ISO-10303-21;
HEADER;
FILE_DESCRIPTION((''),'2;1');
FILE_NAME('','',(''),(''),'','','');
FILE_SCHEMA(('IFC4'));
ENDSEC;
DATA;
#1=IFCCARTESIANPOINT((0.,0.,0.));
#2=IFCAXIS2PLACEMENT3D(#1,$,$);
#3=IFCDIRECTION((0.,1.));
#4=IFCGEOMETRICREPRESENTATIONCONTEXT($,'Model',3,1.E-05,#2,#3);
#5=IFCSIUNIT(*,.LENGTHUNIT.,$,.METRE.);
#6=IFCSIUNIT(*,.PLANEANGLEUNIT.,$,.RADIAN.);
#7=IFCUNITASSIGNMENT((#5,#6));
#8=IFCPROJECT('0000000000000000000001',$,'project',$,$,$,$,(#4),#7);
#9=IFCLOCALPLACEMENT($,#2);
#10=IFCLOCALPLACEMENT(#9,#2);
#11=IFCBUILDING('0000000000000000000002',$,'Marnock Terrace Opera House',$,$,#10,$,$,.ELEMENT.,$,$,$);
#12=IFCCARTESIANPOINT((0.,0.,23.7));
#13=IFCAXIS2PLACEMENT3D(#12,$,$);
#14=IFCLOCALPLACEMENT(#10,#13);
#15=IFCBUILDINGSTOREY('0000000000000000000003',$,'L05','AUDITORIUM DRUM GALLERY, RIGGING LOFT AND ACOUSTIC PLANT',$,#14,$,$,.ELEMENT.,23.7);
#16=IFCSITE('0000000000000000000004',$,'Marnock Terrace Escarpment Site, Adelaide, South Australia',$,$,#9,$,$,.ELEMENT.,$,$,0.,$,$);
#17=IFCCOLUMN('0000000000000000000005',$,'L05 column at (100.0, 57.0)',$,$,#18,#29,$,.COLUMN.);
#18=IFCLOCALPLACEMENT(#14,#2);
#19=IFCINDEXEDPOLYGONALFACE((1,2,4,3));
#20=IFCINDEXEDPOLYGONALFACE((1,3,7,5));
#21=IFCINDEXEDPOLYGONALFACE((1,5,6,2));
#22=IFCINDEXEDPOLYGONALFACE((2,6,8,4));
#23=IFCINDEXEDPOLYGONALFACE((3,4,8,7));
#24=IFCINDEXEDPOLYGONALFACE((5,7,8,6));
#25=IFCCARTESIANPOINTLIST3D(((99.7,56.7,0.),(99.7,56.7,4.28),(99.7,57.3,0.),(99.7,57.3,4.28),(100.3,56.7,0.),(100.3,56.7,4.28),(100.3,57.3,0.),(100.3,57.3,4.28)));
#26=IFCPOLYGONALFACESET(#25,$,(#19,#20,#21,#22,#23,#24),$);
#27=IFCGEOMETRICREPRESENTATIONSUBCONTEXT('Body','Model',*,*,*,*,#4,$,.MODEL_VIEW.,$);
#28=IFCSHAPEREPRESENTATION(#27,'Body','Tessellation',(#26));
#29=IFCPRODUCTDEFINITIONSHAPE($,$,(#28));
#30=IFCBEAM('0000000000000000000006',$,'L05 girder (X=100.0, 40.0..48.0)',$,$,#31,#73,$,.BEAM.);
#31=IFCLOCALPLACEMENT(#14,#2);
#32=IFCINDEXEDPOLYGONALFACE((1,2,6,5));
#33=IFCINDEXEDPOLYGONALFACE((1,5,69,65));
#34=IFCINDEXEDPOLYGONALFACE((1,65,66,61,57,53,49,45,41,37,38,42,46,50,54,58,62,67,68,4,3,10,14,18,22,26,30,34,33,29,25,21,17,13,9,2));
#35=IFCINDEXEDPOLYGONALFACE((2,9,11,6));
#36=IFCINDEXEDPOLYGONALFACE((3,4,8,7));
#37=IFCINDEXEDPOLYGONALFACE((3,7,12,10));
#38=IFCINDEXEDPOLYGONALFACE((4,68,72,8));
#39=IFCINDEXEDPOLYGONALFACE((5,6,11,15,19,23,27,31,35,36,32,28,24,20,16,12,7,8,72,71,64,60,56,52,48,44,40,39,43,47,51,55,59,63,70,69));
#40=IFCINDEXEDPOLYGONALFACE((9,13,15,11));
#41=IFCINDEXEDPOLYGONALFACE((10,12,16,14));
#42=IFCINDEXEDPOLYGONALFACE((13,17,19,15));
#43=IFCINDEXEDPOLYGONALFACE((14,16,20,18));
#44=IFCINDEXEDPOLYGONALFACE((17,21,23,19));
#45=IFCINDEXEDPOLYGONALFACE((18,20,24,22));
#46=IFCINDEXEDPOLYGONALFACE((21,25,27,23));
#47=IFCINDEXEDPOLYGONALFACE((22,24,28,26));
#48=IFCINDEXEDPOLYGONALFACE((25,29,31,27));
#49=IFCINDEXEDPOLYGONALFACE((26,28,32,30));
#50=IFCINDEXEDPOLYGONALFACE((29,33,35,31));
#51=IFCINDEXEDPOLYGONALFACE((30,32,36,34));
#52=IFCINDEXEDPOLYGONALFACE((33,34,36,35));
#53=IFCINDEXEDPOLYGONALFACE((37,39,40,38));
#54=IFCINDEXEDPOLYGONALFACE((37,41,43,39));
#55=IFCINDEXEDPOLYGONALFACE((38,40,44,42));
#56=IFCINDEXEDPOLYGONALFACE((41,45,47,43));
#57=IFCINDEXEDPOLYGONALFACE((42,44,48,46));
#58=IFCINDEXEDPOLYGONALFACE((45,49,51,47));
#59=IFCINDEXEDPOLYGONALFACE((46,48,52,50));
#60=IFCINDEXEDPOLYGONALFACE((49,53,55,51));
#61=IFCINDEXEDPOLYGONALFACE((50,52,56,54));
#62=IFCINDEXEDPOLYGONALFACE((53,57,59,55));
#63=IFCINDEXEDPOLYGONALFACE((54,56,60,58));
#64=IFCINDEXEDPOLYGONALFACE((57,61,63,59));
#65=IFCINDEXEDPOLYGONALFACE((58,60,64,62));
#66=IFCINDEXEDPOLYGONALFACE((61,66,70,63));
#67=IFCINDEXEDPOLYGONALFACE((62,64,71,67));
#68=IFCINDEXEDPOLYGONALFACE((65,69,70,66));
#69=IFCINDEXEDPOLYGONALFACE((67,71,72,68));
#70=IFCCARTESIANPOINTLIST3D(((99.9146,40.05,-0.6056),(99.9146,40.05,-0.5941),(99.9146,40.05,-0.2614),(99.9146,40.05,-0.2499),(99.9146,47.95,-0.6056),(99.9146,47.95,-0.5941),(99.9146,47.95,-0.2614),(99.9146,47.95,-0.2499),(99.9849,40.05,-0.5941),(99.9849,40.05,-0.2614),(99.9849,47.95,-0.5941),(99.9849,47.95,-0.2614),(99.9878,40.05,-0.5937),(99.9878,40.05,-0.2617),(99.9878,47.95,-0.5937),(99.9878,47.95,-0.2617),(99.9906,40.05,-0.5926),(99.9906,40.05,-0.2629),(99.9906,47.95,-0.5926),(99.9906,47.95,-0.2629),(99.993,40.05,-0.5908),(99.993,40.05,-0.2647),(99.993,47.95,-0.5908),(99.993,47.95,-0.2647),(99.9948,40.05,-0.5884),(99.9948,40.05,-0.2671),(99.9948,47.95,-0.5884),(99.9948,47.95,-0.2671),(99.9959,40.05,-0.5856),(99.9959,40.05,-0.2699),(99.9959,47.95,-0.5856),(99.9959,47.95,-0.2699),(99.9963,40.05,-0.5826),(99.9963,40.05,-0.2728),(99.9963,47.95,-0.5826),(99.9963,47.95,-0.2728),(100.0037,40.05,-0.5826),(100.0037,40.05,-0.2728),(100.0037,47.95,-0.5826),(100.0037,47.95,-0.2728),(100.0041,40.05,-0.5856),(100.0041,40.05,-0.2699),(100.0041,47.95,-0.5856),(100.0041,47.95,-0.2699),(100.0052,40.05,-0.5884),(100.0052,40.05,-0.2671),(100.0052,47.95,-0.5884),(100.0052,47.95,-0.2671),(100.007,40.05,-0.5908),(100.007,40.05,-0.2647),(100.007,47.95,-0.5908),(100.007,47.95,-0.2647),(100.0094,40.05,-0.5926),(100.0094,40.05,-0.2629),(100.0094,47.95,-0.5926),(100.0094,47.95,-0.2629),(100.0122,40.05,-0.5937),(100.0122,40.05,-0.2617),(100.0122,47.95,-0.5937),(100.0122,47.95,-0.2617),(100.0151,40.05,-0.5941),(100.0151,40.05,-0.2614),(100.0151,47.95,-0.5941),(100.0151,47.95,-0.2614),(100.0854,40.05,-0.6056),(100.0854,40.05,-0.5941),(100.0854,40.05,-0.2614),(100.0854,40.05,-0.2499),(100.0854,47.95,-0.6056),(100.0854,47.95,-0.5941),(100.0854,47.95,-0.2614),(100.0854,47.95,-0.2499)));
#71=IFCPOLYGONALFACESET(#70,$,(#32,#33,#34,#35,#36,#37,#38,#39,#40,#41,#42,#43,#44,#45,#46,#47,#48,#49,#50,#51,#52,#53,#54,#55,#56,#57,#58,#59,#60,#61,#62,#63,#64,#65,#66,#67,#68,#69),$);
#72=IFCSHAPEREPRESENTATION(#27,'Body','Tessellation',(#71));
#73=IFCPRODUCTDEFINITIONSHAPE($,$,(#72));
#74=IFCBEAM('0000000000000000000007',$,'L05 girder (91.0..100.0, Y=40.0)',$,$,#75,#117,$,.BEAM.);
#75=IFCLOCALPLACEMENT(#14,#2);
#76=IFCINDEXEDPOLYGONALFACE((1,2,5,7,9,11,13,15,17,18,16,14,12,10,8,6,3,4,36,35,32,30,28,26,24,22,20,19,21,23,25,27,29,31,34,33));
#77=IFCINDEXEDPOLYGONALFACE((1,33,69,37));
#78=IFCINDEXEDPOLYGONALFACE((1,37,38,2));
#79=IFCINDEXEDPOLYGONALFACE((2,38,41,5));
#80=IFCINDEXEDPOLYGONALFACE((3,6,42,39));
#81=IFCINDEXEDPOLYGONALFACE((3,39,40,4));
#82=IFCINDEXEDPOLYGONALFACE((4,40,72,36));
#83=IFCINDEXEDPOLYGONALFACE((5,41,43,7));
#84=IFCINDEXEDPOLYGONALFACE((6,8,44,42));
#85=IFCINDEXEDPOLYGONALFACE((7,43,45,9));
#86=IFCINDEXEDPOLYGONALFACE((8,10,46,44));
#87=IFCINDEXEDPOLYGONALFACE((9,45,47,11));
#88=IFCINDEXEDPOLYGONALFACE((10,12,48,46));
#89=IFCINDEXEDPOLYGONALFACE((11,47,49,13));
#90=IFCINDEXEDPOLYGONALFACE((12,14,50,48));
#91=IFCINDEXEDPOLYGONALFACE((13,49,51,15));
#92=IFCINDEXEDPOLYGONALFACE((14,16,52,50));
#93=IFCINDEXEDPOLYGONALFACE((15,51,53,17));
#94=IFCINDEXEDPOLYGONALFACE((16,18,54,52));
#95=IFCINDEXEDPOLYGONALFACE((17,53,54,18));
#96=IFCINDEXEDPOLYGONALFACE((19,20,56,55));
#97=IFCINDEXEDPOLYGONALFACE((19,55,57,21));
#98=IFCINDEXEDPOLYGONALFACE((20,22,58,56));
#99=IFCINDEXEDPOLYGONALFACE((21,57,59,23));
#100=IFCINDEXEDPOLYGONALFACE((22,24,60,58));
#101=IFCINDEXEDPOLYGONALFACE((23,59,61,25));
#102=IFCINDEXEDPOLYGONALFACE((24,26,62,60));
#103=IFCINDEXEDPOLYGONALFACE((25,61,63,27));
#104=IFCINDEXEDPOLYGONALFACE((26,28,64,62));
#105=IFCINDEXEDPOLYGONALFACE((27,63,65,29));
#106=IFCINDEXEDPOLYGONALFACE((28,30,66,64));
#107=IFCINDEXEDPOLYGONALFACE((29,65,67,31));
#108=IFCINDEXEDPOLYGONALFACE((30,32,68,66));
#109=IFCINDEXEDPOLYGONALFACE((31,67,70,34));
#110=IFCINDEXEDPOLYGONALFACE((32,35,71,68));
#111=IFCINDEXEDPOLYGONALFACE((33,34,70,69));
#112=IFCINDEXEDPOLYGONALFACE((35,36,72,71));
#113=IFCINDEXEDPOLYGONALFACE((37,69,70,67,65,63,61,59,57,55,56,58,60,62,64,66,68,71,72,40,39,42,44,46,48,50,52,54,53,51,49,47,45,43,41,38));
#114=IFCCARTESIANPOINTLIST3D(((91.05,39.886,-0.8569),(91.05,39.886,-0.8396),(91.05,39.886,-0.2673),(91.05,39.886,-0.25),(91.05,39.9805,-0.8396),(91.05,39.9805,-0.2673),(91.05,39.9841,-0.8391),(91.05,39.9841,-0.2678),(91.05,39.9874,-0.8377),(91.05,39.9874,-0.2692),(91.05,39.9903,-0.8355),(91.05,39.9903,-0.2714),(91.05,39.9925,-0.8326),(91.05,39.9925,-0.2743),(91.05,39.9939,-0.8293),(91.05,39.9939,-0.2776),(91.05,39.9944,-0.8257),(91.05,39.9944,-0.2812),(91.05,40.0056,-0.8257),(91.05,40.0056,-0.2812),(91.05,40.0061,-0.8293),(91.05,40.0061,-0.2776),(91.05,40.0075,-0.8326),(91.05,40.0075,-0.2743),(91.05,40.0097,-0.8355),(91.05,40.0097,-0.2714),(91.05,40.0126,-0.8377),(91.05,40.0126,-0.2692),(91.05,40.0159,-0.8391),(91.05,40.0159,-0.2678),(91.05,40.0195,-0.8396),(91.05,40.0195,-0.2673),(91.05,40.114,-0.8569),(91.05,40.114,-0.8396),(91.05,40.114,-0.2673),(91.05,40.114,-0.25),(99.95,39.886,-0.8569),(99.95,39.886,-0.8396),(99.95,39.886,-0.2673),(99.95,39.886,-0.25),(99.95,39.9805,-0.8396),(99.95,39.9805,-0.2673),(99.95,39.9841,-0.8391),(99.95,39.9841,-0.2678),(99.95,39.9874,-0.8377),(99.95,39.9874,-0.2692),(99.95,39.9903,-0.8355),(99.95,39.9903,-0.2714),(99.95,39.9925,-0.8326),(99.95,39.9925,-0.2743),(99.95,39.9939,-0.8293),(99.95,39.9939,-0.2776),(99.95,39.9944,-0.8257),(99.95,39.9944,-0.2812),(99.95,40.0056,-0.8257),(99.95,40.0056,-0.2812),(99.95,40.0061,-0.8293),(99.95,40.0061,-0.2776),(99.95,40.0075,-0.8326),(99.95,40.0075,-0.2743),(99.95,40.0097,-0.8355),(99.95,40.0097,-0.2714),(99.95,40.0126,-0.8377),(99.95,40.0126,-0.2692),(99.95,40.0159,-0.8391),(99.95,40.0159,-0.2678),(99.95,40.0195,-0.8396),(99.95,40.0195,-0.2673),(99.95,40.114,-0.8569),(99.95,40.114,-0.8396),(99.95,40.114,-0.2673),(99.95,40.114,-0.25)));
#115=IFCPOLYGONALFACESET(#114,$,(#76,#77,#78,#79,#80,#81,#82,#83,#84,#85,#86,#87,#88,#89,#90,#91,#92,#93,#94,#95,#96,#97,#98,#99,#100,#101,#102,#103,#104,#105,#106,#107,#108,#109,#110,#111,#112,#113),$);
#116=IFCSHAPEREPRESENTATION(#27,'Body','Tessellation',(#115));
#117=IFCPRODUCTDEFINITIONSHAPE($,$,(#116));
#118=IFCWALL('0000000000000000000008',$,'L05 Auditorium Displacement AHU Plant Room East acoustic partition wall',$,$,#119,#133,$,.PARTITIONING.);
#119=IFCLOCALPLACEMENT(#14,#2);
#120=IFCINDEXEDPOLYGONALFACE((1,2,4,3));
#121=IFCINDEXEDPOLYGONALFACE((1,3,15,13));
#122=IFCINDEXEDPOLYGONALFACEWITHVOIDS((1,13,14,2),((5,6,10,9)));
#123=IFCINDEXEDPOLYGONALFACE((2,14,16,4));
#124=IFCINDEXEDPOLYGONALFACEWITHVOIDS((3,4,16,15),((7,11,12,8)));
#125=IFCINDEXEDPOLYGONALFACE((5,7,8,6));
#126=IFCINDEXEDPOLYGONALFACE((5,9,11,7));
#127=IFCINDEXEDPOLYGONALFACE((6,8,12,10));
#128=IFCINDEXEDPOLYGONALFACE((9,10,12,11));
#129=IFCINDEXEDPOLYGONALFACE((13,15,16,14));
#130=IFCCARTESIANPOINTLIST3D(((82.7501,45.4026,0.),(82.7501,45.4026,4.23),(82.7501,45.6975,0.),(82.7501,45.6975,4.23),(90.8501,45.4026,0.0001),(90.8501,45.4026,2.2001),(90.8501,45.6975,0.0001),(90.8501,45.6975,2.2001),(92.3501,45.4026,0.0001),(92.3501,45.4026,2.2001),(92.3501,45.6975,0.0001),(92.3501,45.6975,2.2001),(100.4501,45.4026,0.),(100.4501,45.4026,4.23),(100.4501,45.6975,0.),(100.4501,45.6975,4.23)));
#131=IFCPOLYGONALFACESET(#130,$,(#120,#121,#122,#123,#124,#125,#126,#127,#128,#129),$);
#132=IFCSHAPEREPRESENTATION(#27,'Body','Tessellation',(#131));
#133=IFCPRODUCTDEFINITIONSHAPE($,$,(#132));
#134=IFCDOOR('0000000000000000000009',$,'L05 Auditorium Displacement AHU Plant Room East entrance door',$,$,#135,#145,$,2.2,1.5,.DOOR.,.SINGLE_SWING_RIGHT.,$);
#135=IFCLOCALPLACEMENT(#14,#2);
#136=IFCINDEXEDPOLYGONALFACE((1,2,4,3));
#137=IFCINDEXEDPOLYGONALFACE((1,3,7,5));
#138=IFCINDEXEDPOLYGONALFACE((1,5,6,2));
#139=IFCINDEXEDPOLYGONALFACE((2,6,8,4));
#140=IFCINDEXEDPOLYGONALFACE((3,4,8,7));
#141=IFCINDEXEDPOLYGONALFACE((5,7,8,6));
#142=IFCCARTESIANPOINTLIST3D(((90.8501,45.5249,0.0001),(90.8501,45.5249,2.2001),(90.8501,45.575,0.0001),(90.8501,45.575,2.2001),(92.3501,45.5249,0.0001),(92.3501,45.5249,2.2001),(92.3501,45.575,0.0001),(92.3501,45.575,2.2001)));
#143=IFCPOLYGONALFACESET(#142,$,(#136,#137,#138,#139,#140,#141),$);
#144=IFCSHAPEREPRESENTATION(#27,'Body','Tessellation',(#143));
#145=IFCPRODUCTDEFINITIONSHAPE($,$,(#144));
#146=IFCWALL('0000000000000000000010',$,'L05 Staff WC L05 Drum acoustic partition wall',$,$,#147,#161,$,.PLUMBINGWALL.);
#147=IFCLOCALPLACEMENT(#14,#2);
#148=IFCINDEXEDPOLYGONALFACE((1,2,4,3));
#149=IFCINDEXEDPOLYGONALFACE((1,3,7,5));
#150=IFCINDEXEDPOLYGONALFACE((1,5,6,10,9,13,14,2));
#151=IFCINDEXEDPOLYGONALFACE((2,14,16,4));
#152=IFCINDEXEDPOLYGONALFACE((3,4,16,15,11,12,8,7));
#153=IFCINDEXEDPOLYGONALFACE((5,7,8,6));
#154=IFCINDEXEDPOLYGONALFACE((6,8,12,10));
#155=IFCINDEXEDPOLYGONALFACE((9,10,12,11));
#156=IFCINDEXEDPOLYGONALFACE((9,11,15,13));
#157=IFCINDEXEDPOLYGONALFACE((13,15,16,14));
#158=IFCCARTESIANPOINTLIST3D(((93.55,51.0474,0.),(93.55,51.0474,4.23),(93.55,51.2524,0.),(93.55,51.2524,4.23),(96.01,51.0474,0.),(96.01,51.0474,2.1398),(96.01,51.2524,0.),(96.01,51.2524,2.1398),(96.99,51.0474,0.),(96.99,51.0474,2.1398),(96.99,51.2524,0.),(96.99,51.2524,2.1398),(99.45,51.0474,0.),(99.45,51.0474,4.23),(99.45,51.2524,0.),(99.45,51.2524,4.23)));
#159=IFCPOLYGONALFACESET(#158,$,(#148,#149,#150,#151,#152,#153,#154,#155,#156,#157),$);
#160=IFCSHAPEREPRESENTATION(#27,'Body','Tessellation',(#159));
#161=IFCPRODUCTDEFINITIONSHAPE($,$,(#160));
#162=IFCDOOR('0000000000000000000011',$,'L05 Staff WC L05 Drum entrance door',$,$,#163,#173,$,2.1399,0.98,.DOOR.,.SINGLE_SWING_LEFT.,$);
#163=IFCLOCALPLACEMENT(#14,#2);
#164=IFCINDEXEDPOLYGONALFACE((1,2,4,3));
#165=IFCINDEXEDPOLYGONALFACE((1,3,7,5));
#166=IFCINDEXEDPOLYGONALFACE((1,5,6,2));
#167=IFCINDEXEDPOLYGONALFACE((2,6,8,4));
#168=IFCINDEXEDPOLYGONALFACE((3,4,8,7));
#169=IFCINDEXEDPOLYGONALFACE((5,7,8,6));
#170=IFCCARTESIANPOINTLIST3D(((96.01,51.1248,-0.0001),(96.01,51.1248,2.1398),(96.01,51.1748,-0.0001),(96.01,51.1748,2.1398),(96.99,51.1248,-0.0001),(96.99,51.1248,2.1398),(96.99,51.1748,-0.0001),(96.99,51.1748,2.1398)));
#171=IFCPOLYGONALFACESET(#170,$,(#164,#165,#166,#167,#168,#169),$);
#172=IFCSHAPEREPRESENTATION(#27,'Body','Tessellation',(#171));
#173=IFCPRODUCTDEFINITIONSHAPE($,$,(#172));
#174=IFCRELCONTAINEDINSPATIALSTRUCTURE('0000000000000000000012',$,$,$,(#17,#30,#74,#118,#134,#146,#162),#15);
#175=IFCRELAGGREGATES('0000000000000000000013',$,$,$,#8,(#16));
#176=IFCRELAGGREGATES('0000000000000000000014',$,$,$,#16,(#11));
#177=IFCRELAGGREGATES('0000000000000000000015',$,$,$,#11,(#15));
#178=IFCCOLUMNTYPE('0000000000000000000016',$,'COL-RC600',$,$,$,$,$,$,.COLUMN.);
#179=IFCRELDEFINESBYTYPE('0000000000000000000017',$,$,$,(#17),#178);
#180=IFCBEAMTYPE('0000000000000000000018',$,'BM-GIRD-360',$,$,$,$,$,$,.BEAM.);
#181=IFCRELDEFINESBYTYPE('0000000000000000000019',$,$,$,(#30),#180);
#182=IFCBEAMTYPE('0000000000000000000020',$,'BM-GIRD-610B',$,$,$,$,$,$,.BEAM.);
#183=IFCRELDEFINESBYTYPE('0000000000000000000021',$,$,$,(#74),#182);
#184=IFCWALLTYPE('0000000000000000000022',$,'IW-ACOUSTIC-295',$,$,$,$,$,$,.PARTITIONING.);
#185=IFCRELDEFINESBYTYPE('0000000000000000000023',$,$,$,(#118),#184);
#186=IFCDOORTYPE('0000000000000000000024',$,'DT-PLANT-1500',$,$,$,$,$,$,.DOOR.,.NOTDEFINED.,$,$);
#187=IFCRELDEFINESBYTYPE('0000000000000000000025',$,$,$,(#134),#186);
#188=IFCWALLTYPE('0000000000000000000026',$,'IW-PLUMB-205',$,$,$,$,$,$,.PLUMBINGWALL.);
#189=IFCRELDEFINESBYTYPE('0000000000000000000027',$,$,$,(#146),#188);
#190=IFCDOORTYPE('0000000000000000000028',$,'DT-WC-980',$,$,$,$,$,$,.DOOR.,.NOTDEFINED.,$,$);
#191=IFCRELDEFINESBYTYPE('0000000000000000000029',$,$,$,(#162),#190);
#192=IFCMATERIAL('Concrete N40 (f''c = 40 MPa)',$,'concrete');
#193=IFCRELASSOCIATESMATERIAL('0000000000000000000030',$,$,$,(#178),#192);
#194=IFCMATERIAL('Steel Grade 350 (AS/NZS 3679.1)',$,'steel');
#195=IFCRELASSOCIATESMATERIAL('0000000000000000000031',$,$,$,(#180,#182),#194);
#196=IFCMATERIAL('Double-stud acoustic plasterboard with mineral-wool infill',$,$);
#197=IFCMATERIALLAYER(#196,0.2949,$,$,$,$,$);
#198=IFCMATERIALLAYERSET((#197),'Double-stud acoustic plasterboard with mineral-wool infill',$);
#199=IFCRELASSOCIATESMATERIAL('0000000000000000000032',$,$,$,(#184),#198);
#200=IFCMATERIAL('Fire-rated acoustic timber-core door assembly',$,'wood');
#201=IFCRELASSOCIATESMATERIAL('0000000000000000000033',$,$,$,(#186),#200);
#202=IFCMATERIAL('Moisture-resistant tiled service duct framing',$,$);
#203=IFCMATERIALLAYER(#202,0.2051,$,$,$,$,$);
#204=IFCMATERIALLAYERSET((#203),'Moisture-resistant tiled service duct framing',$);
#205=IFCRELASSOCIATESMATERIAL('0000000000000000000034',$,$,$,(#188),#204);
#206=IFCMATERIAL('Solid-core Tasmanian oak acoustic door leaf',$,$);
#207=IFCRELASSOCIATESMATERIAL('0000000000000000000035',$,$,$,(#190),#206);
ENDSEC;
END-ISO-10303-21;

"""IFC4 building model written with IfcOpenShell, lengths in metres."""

from ifc_helpers import new_model, si_unit, direction, frame, frame_2d, origin, origin_2d, place, context, subcontext, project, spatial, rectangle, i_section, extrude, material, layer, layer_set, material_profile, profile_set, type_object, element, fill, save


model = new_model("IFC4")

# Units and contexts
model_context = context("Model", 3, precision=1e-05, world=origin(), true_north=direction((0.0, 1.0)))
body_context = subcontext(model_context, "Body", "Model", "MODEL_VIEW")
ifc_project = project(units=[si_unit("LENGTHUNIT", "METRE"), si_unit("PLANEANGLEUNIT", "RADIAN")], contexts=[model_context])

# Site, building, storey
site_placement = place(None, origin())
site = spatial("IfcSite", under=ifc_project, at=site_placement, Name="Marnock Terrace Escarpment Site, Adelaide, South Australia", CompositionType="ELEMENT", RefElevation=0.0)
building_placement = place(site_placement, origin())
building = spatial("IfcBuilding", under=site, at=building_placement, Name="Marnock Terrace Opera House", CompositionType="ELEMENT")
storey_placement = place(building_placement, frame((0.0, 0.0, 23.7)))
storey = spatial("IfcBuildingStorey", under=building, at=storey_placement, Name="L05", Description="AUDITORIUM DRUM GALLERY, RIGGING LOFT AND ACOUSTIC PLANT", CompositionType="ELEMENT", Elevation=23.7)

# Column
ifc_material_1 = material(Name="Concrete N40 (f'c = 40 MPa)", Category="concrete")
ifc_material_profile_1 = material_profile(ifc_material_1, rectangle(XDim=0.6001, YDim=0.6001, at=origin_2d()))
ifc_profile_set_1 = profile_set([ifc_material_profile_1], Name="Concrete N40 (f'c = 40 MPa)")
column_type_1 = type_object("IfcColumnType", Name="COL-RC600", PredefinedType="COLUMN", material=ifc_profile_set_1)
for number, where, z_axis, x_axis, name in (
    (1, (100.0, 57.0, 0.0), (0.0, 0.0, 1.0), (1.0, 0.0, 0.0), "L05 column at (100.0, 57.0)"),
):
    element("IfcColumn", number, at=place(storey_placement, frame(where, z_axis=z_axis, x_axis=x_axis)), inside=storey, type_object=column_type_1, Name=name, PredefinedType="COLUMN", context=body_context, shape_type="SweptSolid", body=[
        extrude(rectangle(XDim=0.6001, YDim=0.6001, at=origin_2d()), origin(), (0.0, 0.0, 1.0), 4.28),
    ])

# Beams
ifc_material_2 = material(Name="Steel Grade 350 (AS/NZS 3679.1)", Category="steel")
ifc_material_profile_2 = material_profile(ifc_material_2, i_section(OverallWidth=0.1709, OverallDepth=0.3557, WebThickness=0.0073, FlangeThickness=0.0115, FilletRadius=0.0115, at=origin_2d()))
ifc_profile_set_2 = profile_set([ifc_material_profile_2], Name="Steel Grade 350 (AS/NZS 3679.1)")
beam_type_1 = type_object("IfcBeamType", Name="BM-GIRD-360", PredefinedType="BEAM", material=ifc_profile_set_2)
beam_1_placement = place(storey_placement, frame((100.0, 40.05, -0.4277), z_axis=(0.0, 1.0, 0.0), x_axis=(-1.0, 0.0, 0.0)))
element("IfcBeam", 2, at=beam_1_placement, inside=storey, type_object=beam_type_1, Name="L05 girder (X=100.0, 40.0..48.0)", PredefinedType="BEAM", context=body_context, shape_type="SweptSolid", body=[
    extrude(i_section(OverallWidth=0.1709, OverallDepth=0.3557, WebThickness=0.0073, FlangeThickness=0.0115, FilletRadius=0.0115, at=origin_2d()), origin(), (0.0, 0.0, 1.0), 7.8999),
])
ifc_material_profile_3 = material_profile(ifc_material_2, i_section(OverallWidth=0.228, OverallDepth=0.6069, WebThickness=0.0112, FlangeThickness=0.0173, FilletRadius=0.0139, at=origin_2d()))
ifc_profile_set_3 = profile_set([ifc_material_profile_3], Name="Steel Grade 350 (AS/NZS 3679.1)")
beam_type_2 = type_object("IfcBeamType", Name="BM-GIRD-610B", PredefinedType="BEAM", material=ifc_profile_set_3)
beam_2_placement = place(storey_placement, frame((91.05, 40.0, -0.5535), z_axis=(1.0, 0.0, 0.0), x_axis=(0.0, 1.0, 0.0)))
element("IfcBeam", 3, at=beam_2_placement, inside=storey, type_object=beam_type_2, Name="L05 girder (91.0..100.0, Y=40.0)", PredefinedType="BEAM", context=body_context, shape_type="SweptSolid", body=[
    extrude(i_section(OverallWidth=0.228, OverallDepth=0.6069, WebThickness=0.0112, FlangeThickness=0.0173, FilletRadius=0.0139, at=origin_2d()), origin(), (0.0, 0.0, 1.0), 8.8999),
])

# Walls, openings, doors
ifc_material_3 = material(Name="Double-stud acoustic plasterboard with mineral-wool infill")
ifc_layer_1 = layer(ifc_material_3, 0.2949)
ifc_layer_set_1 = layer_set([ifc_layer_1], Name="Double-stud acoustic plasterboard with mineral-wool infill")
wall_type_1 = type_object("IfcWallType", Name="IW-ACOUSTIC-295", PredefinedType="PARTITIONING", material=ifc_layer_set_1)
wall_1_placement = place(storey_placement, frame((82.75, 45.55, 0.0), z_axis=(0.0, 0.0, 1.0), x_axis=(1.0, 0.0, 0.0)))
wall_1 = element("IfcWall", 4, at=wall_1_placement, inside=storey, type_object=wall_type_1, Name="L05 Auditorium Displacement AHU Plant Room East acoustic partition wall", PredefinedType="PARTITIONING", context=body_context, shape_type="SweptSolid", body=[
    extrude(rectangle(XDim=17.7, YDim=0.2949, at=frame_2d((8.8501, 0.0))), origin(), (0.0, 0.0, 1.0), 4.23),
])
opening_1_placement = place(wall_1_placement, frame((8.1001, 0.0, 0.0)))
opening_1 = element("IfcOpeningElement", 5, at=opening_1_placement, cuts=wall_1, PredefinedType="OPENING", context=body_context, shape_type="SweptSolid", body=[
    extrude(rectangle(XDim=1.5, YDim=2.2, at=frame_2d((0.75, 1.1001))), frame((0.0, 0.1575, 0.0), z_axis=(0.0, -1.0, 0.0), x_axis=(1.0, 0.0, 0.0)), (0.0, 0.0, 1.0), 0.3149),
])
ifc_material_4 = material(Name="Fire-rated acoustic timber-core door assembly", Category="wood")
door_type_1 = type_object("IfcDoorType", Name="DT-PLANT-1500", OperationType="NOTDEFINED", PredefinedType="DOOR", material=ifc_material_4)
door_1_placement = place(opening_1_placement, origin())
door_1 = element("IfcDoor", 6, at=door_1_placement, inside=storey, type_object=door_type_1, Name="L05 Auditorium Displacement AHU Plant Room East entrance door", OperationType="SINGLE_SWING_RIGHT", OverallHeight=2.2, OverallWidth=1.5, PredefinedType="DOOR", context=body_context, shape_type="SweptSolid", body=[
    extrude(rectangle(XDim=1.5, YDim=2.2, at=frame_2d((0.75, 1.1001))), frame((0.0, 0.0249, 0.0), z_axis=(0.0, -1.0, 0.0), x_axis=(1.0, 0.0, 0.0)), (0.0, 0.0, 1.0), 0.05),
])
fill(opening_1, door_1)
ifc_material_5 = material(Name="Moisture-resistant tiled service duct framing")
ifc_layer_2 = layer(ifc_material_5, 0.2051)
ifc_layer_set_2 = layer_set([ifc_layer_2], Name="Moisture-resistant tiled service duct framing")
wall_type_2 = type_object("IfcWallType", Name="IW-PLUMB-205", PredefinedType="PLUMBINGWALL", material=ifc_layer_set_2)
wall_2_placement = place(storey_placement, frame((93.55, 51.1499, 0.0), z_axis=(0.0, 0.0, 1.0), x_axis=(1.0, 0.0, 0.0)))
wall_2 = element("IfcWall", 7, at=wall_2_placement, inside=storey, type_object=wall_type_2, Name="L05 Staff WC L05 Drum acoustic partition wall", PredefinedType="PLUMBINGWALL", context=body_context, shape_type="SweptSolid", body=[
    extrude(rectangle(XDim=5.8999, YDim=0.2051, at=frame_2d((2.95, 0.0))), origin(), (0.0, 0.0, 1.0), 4.23),
])
opening_2_placement = place(wall_2_placement, frame((2.46, 0.0, 0.0)))
opening_2 = element("IfcOpeningElement", 8, at=opening_2_placement, cuts=wall_2, PredefinedType="OPENING", context=body_context, shape_type="SweptSolid", body=[
    extrude(rectangle(XDim=0.98, YDim=2.1399, at=frame_2d((0.49, 1.0698))), frame((0.0, 0.1125, 0.0), z_axis=(0.0, -1.0, 0.0), x_axis=(1.0, 0.0, 0.0)), (0.0, 0.0, 1.0), 0.2251),
])
ifc_material_6 = material(Name="Solid-core Tasmanian oak acoustic door leaf")
door_type_2 = type_object("IfcDoorType", Name="DT-WC-980", OperationType="NOTDEFINED", PredefinedType="DOOR", material=ifc_material_6)
door_2_placement = place(opening_2_placement, origin())
door_2 = element("IfcDoor", 9, at=door_2_placement, inside=storey, type_object=door_type_2, Name="L05 Staff WC L05 Drum entrance door", OperationType="SINGLE_SWING_LEFT", OverallHeight=2.1399, OverallWidth=0.98, PredefinedType="DOOR", context=body_context, shape_type="SweptSolid", body=[
    extrude(rectangle(XDim=0.98, YDim=2.1399, at=frame_2d((0.49, 1.0698))), frame((0.0, 0.0249, 0.0), z_axis=(0.0, -1.0, 0.0), x_axis=(1.0, 0.0, 0.0)), (0.0, 0.0, 1.0), 0.05),
])
fill(opening_2, door_2)

save(model, "model.ifc")
